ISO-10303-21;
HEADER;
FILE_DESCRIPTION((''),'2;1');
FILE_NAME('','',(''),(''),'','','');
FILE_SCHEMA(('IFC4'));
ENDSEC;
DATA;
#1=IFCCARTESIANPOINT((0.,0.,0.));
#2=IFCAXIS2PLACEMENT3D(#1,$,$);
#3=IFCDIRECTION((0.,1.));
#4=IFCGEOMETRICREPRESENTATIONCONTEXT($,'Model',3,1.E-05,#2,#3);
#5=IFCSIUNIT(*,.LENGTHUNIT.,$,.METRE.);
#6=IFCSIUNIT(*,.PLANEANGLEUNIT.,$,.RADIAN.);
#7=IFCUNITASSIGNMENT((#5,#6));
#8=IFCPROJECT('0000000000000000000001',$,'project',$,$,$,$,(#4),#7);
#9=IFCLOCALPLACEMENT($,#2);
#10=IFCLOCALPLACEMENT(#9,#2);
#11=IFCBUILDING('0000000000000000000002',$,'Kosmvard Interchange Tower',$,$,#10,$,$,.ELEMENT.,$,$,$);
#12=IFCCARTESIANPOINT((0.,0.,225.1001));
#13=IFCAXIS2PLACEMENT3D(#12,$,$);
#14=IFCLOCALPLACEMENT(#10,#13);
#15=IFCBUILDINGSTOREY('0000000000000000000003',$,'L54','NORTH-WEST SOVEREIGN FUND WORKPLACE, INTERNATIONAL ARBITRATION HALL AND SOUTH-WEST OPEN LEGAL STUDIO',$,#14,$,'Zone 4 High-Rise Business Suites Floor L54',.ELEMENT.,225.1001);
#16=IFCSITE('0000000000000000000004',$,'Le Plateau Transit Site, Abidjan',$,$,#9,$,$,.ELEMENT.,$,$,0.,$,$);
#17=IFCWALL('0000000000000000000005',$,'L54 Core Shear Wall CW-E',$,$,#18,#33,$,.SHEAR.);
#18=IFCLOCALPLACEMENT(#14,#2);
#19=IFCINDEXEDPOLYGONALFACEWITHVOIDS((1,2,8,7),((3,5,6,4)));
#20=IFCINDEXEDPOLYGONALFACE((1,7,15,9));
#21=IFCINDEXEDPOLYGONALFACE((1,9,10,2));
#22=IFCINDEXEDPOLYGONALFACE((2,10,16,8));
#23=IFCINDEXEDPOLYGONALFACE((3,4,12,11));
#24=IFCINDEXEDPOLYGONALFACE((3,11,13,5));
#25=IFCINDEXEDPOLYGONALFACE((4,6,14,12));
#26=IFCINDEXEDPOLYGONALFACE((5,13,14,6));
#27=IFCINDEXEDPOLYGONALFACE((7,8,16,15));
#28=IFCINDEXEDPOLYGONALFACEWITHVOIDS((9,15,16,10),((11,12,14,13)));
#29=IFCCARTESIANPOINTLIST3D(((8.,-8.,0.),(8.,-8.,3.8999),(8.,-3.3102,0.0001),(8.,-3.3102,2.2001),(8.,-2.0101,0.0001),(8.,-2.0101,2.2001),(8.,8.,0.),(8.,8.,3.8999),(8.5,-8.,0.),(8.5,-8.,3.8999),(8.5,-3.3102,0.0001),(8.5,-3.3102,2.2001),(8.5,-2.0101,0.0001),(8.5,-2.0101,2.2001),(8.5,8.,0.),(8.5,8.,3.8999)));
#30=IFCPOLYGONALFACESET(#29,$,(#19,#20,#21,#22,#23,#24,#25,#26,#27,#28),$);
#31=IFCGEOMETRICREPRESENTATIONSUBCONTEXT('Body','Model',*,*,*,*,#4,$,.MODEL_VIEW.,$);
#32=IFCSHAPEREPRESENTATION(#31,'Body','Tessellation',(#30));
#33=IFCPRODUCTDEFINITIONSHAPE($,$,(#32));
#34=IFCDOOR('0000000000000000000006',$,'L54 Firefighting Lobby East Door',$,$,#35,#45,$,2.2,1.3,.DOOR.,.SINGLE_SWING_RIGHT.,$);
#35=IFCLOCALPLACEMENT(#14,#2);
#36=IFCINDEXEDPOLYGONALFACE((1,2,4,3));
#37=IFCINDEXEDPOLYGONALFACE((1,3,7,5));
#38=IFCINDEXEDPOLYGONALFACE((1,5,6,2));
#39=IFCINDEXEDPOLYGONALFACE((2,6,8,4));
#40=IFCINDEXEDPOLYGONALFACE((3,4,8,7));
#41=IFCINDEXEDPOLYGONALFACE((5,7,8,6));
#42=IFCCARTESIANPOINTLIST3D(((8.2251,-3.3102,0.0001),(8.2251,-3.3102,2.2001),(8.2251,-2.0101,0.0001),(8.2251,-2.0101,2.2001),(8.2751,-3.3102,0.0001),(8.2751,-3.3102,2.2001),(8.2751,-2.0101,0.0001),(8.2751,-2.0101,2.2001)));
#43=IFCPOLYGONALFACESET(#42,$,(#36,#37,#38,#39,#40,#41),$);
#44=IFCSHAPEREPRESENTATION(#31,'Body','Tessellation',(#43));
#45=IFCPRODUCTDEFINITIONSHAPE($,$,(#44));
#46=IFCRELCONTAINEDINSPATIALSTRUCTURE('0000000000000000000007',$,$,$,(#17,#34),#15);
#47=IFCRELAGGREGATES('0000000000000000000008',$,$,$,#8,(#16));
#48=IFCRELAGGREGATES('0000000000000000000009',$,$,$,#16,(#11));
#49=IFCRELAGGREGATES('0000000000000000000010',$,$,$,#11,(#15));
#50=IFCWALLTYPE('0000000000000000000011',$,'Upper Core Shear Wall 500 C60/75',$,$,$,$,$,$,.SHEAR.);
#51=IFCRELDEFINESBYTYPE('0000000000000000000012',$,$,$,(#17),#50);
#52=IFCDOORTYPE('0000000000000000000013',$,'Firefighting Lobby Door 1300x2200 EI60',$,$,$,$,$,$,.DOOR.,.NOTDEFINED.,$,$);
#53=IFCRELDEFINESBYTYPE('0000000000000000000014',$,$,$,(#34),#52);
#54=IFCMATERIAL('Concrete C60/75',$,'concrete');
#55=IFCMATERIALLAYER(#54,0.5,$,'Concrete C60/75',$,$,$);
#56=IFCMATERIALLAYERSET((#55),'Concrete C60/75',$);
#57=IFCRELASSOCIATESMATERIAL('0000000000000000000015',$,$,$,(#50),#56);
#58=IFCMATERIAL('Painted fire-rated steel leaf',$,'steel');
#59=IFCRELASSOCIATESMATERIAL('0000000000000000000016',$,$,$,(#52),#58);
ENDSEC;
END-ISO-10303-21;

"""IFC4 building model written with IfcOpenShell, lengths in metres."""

from ifc_helpers import new_model, si_unit, direction, frame, frame_2d, origin, place, context, subcontext, project, spatial, rectangle, extrude, source, transform, mapped, material, layer, layer_set, type_object, element, fill, save


model = new_model("IFC4")

# Units and contexts
model_context = context("Model", 3, precision=1e-05, world=origin(), true_north=direction((0.0, 1.0)))
body_context = subcontext(model_context, "Body", "Model", "MODEL_VIEW")
ifc_project = project(units=[si_unit("LENGTHUNIT", "METRE"), si_unit("PLANEANGLEUNIT", "RADIAN")], contexts=[model_context])

# Site, building, storey
site_placement = place(None, origin())
site = spatial("IfcSite", under=ifc_project, at=site_placement, Name="Le Plateau Transit Site, Abidjan", CompositionType="ELEMENT", RefElevation=0.0)
building_placement = place(site_placement, origin())
building = spatial("IfcBuilding", under=site, at=building_placement, Name="Kosmvard Interchange Tower", CompositionType="ELEMENT")
storey_placement = place(building_placement, frame((0.0, 0.0, 225.1001)))
storey = spatial("IfcBuildingStorey", under=building, at=storey_placement, Name="L54", Description="NORTH-WEST SOVEREIGN FUND WORKPLACE, INTERNATIONAL ARBITRATION HALL AND SOUTH-WEST OPEN LEGAL STUDIO", LongName="Zone 4 High-Rise Business Suites Floor L54", CompositionType="ELEMENT", Elevation=225.1001)

# Shared definitions
ifc_material_1 = material(Name="Concrete C60/75", Category="concrete")

# Shared definitions
ifc_material_2 = material(Name="Painted fire-rated steel leaf", Category="steel")

# Wall, opening, door
ifc_layer_1 = layer(ifc_material_1, 0.5, Name="Concrete C60/75")
ifc_layer_set_1 = layer_set([ifc_layer_1], Name="Concrete C60/75")
wall_type_1 = type_object("IfcWallType", Name="Upper Core Shear Wall 500 C60/75", PredefinedType="SHEAR", material=ifc_layer_set_1)
wall_1_placement = place(storey_placement, frame((8.25, -8.0, 0.0), z_axis=(0.0, 0.0, 1.0), x_axis=(0.0, 1.0, 0.0)))
wall_1 = element("IfcWall", 1, at=wall_1_placement, inside=storey, type_object=wall_type_1, Name="L54 Core Shear Wall CW-E", PredefinedType="SHEAR", context=body_context, shape_type="SweptSolid", body=[
    extrude(rectangle(XDim=16.0, YDim=0.5, at=frame_2d((8.0, 0.0))), origin(), (0.0, 0.0, 1.0), 3.8999),
])
opening_1_placement = place(wall_1_placement, frame((4.6899, 0.0, 0.0)))
opening_1 = element("IfcOpeningElement", 2, at=opening_1_placement, cuts=wall_1, PredefinedType="OPENING", context=body_context, shape_type="SweptSolid", body=[
    extrude(rectangle(XDim=1.3, YDim=2.2, at=frame_2d((0.6499, 1.1001))), frame((0.0, 0.26, 0.0), z_axis=(0.0, -1.0, 0.0), x_axis=(1.0, 0.0, 0.0)), (0.0, 0.0, 1.0), 0.52),
])
door_type_1 = type_object("IfcDoorType", Name="Firefighting Lobby Door 1300x2200 EI60", OperationType="NOTDEFINED", PredefinedType="DOOR", material=ifc_material_2)
shared_shape_1 = source(origin(), body_context, "Body", "SweptSolid", [
    extrude(rectangle(XDim=1.3, YDim=2.2, at=frame_2d((0.6499, 1.1001))), frame((0.0, 0.0249, 0.0), z_axis=(0.0, -1.0, 0.0), x_axis=(1.0, 0.0, 0.0)), (0.0, 0.0, 1.0), 0.05),
])
door_1_placement = place(opening_1_placement, origin())
door_1 = element("IfcDoor", 3, at=door_1_placement, inside=storey, type_object=door_type_1, Name="L54 Firefighting Lobby East Door", OperationType="SINGLE_SWING_RIGHT", OverallHeight=2.2, OverallWidth=1.3, PredefinedType="DOOR", context=body_context, shape_type="MappedRepresentation", body=[
    mapped(shared_shape_1, transform((0.0, 0.0, 0.0), scale=1.0)),
])
fill(opening_1, door_1)

save(model, "model.ifc")
